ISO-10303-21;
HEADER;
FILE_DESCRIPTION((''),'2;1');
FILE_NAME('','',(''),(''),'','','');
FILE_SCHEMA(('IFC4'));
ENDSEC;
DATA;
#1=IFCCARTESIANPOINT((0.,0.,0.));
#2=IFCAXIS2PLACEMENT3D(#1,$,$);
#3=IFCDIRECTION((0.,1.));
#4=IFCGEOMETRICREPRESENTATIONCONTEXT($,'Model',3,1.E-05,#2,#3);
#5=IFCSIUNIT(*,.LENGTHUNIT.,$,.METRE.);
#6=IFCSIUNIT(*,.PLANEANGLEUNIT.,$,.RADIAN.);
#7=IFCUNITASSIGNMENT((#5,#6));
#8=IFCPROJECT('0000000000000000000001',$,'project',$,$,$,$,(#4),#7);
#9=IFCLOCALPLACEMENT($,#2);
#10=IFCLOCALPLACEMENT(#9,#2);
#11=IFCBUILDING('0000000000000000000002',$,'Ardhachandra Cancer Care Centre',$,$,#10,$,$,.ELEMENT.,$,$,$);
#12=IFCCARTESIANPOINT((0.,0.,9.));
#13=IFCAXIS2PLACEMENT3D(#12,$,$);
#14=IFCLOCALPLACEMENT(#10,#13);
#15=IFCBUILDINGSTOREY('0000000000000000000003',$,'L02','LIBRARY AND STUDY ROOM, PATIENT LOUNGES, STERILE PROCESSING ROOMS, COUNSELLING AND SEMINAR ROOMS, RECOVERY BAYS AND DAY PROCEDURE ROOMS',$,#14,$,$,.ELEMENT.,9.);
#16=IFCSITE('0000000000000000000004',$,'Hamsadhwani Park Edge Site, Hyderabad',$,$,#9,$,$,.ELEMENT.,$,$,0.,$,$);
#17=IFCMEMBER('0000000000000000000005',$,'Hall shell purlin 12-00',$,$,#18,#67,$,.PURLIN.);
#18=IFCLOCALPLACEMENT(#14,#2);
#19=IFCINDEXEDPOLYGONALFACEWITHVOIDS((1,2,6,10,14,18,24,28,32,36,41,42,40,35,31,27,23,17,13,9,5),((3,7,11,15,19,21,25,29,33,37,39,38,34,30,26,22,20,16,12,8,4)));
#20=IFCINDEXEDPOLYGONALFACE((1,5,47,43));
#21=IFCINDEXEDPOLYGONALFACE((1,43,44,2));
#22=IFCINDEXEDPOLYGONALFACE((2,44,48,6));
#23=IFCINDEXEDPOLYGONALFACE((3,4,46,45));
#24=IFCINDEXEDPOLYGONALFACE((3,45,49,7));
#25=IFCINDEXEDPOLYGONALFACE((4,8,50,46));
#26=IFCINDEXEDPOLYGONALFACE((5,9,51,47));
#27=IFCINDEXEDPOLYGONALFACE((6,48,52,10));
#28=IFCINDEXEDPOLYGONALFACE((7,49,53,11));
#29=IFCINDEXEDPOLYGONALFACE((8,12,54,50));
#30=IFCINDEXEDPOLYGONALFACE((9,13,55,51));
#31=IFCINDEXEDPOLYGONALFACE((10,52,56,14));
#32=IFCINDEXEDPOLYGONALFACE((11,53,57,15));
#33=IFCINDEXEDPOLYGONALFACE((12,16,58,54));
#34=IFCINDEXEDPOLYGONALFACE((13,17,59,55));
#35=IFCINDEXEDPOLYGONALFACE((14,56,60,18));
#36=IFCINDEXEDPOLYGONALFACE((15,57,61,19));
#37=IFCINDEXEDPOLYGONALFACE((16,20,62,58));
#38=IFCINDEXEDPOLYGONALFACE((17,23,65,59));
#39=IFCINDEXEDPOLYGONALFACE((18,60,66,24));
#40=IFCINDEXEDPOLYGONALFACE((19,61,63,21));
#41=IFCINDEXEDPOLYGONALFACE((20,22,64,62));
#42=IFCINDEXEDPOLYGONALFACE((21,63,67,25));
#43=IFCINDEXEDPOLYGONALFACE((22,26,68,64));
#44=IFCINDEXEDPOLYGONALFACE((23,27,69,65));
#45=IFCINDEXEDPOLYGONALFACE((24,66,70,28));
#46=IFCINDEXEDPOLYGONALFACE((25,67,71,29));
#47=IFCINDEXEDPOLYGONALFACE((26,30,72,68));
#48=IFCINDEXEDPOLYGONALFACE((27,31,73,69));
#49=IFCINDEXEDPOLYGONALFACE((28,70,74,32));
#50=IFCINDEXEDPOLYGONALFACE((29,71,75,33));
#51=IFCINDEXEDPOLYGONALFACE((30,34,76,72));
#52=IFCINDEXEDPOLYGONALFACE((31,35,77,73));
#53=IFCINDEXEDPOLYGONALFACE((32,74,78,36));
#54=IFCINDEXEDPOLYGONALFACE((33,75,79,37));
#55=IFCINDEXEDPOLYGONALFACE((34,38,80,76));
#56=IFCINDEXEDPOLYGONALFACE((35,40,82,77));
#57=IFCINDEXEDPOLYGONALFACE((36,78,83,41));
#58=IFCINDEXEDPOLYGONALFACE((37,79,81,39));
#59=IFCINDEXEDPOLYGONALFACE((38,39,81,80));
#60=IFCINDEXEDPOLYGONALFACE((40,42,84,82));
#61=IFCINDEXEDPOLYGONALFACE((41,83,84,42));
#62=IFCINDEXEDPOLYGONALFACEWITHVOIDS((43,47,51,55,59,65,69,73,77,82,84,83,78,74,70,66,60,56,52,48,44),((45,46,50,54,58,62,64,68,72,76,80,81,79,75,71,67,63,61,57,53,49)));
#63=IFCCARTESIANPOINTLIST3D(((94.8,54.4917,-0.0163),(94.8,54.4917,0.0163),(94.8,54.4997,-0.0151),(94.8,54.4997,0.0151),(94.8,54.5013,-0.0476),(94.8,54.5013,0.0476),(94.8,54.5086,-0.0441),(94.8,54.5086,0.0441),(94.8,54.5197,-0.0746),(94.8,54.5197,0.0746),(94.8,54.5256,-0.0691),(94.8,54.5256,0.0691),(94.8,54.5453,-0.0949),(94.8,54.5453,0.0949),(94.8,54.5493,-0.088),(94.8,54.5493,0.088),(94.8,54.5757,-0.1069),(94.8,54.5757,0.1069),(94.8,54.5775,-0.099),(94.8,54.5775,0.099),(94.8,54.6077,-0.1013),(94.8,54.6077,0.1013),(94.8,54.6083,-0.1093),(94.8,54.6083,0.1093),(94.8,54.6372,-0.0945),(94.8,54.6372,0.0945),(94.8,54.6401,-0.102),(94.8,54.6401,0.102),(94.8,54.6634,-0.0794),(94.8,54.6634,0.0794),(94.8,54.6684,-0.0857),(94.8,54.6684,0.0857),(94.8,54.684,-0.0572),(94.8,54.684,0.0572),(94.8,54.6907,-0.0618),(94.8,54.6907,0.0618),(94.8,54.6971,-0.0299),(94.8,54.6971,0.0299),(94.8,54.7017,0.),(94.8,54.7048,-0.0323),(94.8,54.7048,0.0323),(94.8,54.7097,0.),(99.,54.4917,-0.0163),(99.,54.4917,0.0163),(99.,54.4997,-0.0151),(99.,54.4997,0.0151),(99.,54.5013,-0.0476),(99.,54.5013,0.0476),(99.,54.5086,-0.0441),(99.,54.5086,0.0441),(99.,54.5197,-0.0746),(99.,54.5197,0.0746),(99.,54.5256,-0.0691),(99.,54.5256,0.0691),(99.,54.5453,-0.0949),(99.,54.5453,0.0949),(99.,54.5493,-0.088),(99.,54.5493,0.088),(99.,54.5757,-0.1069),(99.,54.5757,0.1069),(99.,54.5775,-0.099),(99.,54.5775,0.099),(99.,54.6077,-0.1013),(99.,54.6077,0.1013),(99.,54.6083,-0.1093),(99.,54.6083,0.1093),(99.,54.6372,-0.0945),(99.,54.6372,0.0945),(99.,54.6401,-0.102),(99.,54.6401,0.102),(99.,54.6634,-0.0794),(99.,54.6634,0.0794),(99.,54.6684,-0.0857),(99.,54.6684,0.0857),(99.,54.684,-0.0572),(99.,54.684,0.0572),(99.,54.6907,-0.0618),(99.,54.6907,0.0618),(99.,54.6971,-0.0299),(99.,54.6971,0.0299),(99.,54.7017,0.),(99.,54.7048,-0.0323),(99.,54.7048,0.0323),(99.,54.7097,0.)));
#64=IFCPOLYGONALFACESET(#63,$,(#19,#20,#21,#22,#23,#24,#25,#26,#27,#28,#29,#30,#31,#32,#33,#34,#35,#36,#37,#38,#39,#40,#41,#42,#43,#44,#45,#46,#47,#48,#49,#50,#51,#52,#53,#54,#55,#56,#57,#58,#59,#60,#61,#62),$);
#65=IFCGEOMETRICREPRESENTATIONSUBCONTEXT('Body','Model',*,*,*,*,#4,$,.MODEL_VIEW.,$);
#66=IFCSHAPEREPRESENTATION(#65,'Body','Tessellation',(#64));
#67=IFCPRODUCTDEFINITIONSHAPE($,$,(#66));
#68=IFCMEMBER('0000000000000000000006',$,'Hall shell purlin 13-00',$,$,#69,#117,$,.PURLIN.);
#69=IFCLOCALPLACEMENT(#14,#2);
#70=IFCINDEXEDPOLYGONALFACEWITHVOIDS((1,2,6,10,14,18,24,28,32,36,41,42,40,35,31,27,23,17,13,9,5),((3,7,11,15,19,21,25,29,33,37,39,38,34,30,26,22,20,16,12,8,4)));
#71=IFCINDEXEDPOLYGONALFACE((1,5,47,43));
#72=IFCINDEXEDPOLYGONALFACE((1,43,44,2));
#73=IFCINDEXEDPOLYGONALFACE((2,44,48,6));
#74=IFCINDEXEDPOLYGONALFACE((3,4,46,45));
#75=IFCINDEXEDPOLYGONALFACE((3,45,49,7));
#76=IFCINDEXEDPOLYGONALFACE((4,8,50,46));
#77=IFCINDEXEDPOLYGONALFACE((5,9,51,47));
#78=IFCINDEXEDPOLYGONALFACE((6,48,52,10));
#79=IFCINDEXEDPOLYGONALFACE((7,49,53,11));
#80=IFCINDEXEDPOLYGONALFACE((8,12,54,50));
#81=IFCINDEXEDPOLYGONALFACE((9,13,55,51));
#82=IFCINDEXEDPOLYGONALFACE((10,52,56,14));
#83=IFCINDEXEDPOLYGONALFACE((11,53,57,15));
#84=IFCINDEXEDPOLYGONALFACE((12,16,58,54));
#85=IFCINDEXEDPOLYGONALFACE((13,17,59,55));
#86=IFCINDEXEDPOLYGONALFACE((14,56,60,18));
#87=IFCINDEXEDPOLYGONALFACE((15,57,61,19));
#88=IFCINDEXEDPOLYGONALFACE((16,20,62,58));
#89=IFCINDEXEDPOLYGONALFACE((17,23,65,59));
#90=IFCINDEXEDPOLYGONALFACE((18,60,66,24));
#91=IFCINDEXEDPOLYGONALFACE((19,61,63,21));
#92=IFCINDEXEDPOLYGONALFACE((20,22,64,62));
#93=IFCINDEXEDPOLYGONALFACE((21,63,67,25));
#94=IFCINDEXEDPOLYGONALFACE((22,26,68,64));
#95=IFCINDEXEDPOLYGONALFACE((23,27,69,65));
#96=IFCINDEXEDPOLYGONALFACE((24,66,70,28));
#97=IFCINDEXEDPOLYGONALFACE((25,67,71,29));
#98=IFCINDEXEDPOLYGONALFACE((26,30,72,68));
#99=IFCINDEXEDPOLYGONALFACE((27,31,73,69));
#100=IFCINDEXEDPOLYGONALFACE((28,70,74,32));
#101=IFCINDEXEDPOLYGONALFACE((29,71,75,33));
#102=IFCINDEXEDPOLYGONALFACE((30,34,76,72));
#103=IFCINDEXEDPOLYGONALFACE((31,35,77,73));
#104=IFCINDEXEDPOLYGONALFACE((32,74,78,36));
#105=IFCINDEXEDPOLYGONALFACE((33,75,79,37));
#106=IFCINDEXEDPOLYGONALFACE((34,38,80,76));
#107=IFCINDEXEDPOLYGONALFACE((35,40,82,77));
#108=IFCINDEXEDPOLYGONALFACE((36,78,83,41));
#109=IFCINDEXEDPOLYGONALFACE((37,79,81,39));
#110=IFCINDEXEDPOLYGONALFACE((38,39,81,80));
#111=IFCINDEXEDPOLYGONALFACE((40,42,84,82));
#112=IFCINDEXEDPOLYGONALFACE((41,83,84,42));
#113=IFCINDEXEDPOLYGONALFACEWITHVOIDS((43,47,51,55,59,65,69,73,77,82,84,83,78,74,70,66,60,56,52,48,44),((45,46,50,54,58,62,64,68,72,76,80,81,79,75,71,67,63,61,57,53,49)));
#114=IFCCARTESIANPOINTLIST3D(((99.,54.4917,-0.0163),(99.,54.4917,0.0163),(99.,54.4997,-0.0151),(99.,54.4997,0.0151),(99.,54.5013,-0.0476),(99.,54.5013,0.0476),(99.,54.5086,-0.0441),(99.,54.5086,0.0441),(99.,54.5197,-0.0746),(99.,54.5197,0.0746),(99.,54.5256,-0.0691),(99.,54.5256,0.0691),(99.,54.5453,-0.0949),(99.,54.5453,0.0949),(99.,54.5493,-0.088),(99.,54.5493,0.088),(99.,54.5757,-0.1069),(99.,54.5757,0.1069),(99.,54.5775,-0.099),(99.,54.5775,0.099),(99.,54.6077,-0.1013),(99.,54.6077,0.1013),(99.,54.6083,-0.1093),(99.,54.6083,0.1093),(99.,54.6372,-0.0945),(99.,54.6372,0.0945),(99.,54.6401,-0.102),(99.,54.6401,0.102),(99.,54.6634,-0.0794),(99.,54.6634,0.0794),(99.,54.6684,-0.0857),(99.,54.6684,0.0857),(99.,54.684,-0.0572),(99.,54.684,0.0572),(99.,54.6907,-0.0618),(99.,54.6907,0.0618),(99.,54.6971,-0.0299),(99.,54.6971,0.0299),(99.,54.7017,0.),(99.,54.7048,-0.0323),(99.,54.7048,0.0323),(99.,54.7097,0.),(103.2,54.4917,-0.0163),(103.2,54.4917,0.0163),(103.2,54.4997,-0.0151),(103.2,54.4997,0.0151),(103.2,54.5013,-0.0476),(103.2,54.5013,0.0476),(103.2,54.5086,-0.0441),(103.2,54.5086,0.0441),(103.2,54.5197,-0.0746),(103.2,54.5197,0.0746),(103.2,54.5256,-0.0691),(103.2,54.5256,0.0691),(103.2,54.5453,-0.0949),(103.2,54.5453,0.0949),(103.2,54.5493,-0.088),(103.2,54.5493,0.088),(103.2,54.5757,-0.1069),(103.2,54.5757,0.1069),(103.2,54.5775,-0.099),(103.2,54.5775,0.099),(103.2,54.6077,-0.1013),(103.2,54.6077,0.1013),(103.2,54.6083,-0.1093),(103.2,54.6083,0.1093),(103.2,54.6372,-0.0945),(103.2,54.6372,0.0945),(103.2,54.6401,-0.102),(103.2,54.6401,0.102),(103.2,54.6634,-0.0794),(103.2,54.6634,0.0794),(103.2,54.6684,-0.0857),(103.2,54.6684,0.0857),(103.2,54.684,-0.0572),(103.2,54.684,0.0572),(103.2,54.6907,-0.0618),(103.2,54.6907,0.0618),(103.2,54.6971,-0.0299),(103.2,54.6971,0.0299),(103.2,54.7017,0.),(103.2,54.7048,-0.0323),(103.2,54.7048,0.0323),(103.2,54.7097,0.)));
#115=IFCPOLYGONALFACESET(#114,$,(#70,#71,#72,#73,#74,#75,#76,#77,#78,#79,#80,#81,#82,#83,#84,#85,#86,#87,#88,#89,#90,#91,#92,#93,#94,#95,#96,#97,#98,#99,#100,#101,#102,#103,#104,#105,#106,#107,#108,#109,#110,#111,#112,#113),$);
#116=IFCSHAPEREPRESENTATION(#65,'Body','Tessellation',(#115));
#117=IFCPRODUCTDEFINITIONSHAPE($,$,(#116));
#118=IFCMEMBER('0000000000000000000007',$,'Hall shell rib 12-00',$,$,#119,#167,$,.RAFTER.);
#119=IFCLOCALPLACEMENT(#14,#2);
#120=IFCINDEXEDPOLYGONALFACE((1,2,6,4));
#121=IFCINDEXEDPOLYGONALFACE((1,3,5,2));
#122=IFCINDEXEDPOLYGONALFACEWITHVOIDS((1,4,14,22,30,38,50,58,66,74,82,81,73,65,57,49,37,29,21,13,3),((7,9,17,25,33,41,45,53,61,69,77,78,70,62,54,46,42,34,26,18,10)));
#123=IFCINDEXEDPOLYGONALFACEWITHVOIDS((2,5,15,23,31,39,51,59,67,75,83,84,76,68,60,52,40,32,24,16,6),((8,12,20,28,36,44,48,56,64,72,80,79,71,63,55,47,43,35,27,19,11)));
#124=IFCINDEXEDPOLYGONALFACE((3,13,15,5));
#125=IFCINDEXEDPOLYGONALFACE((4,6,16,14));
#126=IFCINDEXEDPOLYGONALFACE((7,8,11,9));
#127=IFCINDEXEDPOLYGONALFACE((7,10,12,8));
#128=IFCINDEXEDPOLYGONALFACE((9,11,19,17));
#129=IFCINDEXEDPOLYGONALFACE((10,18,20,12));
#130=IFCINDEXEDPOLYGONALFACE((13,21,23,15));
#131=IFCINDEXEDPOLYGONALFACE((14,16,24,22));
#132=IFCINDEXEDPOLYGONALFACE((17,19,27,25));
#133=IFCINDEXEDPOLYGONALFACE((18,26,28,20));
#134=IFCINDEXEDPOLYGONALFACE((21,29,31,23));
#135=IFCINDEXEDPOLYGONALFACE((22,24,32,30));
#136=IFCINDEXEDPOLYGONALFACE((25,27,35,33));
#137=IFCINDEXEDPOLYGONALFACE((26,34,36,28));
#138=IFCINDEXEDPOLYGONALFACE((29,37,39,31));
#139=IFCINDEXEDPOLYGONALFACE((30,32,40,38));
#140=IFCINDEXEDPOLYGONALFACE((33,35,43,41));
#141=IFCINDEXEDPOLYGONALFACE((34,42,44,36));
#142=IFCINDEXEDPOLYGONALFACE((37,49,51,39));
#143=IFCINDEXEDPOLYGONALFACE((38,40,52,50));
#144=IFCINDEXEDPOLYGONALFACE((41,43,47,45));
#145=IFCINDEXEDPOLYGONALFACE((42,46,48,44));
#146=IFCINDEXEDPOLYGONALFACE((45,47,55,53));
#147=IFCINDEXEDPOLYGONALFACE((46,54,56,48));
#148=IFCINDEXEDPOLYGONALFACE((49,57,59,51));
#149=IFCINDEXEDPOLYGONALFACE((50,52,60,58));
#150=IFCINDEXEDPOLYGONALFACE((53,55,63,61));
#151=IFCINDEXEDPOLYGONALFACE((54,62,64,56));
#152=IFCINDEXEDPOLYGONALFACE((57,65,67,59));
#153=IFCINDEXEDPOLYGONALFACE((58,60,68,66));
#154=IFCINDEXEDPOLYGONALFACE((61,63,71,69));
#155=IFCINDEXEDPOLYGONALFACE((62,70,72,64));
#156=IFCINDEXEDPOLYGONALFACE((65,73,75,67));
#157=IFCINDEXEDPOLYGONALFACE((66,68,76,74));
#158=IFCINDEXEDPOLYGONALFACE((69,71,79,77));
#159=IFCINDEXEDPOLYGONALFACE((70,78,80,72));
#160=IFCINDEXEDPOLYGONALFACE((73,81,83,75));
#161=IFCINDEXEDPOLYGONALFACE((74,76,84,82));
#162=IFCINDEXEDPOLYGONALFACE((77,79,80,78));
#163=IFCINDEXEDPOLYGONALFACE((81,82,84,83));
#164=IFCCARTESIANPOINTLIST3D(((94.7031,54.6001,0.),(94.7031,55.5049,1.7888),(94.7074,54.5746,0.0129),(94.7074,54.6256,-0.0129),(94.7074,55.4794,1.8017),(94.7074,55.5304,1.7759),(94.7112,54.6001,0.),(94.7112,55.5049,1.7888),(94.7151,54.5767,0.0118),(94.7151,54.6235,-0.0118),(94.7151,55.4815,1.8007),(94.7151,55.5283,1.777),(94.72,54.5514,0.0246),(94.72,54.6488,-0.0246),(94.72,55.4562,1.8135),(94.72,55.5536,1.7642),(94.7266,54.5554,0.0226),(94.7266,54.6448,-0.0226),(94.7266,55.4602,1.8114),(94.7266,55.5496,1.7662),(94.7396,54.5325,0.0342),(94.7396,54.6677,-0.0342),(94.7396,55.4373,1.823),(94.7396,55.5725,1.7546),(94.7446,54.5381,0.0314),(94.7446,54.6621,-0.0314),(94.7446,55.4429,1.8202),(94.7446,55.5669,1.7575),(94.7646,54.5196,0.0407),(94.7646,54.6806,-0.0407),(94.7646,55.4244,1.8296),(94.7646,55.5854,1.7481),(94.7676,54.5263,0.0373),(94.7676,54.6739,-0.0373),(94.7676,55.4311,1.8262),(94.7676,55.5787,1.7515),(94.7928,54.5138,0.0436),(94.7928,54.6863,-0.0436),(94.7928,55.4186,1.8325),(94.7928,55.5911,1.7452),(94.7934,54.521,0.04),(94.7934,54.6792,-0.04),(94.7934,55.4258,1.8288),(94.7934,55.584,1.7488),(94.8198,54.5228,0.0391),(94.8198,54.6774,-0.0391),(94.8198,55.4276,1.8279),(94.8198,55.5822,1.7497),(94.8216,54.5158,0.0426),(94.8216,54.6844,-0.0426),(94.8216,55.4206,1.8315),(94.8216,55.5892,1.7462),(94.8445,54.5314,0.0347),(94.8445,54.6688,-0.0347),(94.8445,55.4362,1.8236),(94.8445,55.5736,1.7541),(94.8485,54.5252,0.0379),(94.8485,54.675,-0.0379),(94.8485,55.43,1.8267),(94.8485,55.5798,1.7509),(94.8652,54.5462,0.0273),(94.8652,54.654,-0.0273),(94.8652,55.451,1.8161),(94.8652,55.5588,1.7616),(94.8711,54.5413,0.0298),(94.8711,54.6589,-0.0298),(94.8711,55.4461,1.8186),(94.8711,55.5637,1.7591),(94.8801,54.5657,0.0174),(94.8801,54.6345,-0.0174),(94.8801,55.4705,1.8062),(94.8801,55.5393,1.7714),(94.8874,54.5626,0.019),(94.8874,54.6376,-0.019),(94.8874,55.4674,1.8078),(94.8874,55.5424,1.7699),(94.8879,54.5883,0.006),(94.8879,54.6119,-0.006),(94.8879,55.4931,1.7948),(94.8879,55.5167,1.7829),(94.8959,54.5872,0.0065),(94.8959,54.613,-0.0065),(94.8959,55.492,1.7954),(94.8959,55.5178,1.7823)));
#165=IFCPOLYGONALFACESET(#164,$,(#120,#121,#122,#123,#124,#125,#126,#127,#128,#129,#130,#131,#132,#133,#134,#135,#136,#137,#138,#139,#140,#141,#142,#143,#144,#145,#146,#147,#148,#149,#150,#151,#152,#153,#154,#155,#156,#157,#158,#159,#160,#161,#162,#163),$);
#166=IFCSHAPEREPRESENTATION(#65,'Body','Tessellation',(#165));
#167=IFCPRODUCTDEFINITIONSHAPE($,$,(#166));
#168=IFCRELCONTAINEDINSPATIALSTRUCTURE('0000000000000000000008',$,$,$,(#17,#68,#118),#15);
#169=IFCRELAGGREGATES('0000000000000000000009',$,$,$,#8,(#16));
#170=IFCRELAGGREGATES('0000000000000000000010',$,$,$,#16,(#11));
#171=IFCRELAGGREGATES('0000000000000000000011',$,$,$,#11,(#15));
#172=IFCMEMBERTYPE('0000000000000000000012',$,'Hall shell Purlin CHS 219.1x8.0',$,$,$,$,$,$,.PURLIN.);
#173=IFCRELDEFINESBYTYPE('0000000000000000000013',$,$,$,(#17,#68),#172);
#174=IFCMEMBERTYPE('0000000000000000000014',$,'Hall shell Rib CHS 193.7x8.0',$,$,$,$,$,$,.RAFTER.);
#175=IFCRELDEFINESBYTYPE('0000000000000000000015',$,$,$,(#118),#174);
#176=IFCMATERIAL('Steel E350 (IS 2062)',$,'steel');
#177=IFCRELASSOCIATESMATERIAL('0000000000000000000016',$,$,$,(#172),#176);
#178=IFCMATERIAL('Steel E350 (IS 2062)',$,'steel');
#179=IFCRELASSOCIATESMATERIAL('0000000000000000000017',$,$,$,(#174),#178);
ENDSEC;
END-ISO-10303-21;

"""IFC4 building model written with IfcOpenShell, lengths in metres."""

from ifc_helpers import new_model, si_unit, direction, frame, origin, origin_2d, place, context, subcontext, project, spatial, hollow_circle, extrude, material, material_profile, profile_set, type_object, element, save


model = new_model("IFC4")

# Units and contexts
model_context = context("Model", 3, precision=1e-05, world=origin(), true_north=direction((0.0, 1.0)))
body_context = subcontext(model_context, "Body", "Model", "MODEL_VIEW")
ifc_project = project(units=[si_unit("LENGTHUNIT", "METRE"), si_unit("PLANEANGLEUNIT", "RADIAN")], contexts=[model_context])

# Site, building, storey
site_placement = place(None, origin())
site = spatial("IfcSite", under=ifc_project, at=site_placement, Name="Hamsadhwani Park Edge Site, Hyderabad", CompositionType="ELEMENT", RefElevation=0.0)
building_placement = place(site_placement, origin())
building = spatial("IfcBuilding", under=site, at=building_placement, Name="Ardhachandra Cancer Care Centre", CompositionType="ELEMENT")
storey_placement = place(building_placement, frame((0.0, 0.0, 9.0)))
storey = spatial("IfcBuildingStorey", under=building, at=storey_placement, Name="L02", Description="LIBRARY AND STUDY ROOM, PATIENT LOUNGES, STERILE PROCESSING ROOMS, COUNSELLING AND SEMINAR ROOMS, RECOVERY BAYS AND DAY PROCEDURE ROOMS", CompositionType="ELEMENT", Elevation=9.0)

# Members
ifc_material_1 = material(Name="Steel E350 (IS 2062)", Category="steel")
ifc_material_profile_1 = material_profile(ifc_material_1, hollow_circle(Radius=0.1096, WallThickness=0.0081, at=origin_2d()), Name="CHS 219.1x8.0")
ifc_profile_set_1 = profile_set([ifc_material_profile_1], Name="Steel E350 (IS 2062)")
member_type_1 = type_object("IfcMemberType", Name="Hall shell Purlin CHS 219.1x8.0", PredefinedType="PURLIN", material=ifc_profile_set_1)
for number, where, z_axis, x_axis, name in (
    (1, (94.8, 54.6001, 0.0), (1.0, 0.0, 0.0), (0.0, 1.0, 0.0), "Hall shell purlin 12-00"),
    (2, (99.0, 54.6001, 0.0), (1.0, 0.0, 0.0), (0.0, 1.0, 0.0), "Hall shell purlin 13-00"),
):
    element("IfcMember", number, at=place(storey_placement, frame(where, z_axis=z_axis, x_axis=x_axis)), inside=storey, type_object=member_type_1, Name=name, PredefinedType="PURLIN", context=body_context, shape_type="SweptSolid", body=[
        extrude(hollow_circle(Radius=0.1096, WallThickness=0.0081, at=origin_2d()), origin(), (0.0, 0.0, 1.0), 4.2),
    ])
ifc_material_2 = material(Name="Steel E350 (IS 2062)", Category="steel")
ifc_material_profile_2 = material_profile(ifc_material_2, hollow_circle(Radius=0.0969, WallThickness=0.0081, at=origin_2d()), Name="CHS 193.7x8.0")
ifc_profile_set_2 = profile_set([ifc_material_profile_2], Name="Steel E350 (IS 2062)")
member_type_2 = type_object("IfcMemberType", Name="Hall shell Rib CHS 193.7x8.0", PredefinedType="RAFTER", material=ifc_profile_set_2)
member_1_placement = place(storey_placement, frame((94.8, 54.6001, 0.0), z_axis=(0.0, 0.45135, 0.892347), x_axis=(-1.0, 0.0, 0.0)))
element("IfcMember", 3, at=member_1_placement, inside=storey, type_object=member_type_2, Name="Hall shell rib 12-00", PredefinedType="RAFTER", context=body_context, shape_type="SweptSolid", body=[
    extrude(hollow_circle(Radius=0.0969, WallThickness=0.0081, at=origin_2d()), origin(), (0.0, 0.0, 1.0), 2.0046),
])

save(model, "model.ifc")
